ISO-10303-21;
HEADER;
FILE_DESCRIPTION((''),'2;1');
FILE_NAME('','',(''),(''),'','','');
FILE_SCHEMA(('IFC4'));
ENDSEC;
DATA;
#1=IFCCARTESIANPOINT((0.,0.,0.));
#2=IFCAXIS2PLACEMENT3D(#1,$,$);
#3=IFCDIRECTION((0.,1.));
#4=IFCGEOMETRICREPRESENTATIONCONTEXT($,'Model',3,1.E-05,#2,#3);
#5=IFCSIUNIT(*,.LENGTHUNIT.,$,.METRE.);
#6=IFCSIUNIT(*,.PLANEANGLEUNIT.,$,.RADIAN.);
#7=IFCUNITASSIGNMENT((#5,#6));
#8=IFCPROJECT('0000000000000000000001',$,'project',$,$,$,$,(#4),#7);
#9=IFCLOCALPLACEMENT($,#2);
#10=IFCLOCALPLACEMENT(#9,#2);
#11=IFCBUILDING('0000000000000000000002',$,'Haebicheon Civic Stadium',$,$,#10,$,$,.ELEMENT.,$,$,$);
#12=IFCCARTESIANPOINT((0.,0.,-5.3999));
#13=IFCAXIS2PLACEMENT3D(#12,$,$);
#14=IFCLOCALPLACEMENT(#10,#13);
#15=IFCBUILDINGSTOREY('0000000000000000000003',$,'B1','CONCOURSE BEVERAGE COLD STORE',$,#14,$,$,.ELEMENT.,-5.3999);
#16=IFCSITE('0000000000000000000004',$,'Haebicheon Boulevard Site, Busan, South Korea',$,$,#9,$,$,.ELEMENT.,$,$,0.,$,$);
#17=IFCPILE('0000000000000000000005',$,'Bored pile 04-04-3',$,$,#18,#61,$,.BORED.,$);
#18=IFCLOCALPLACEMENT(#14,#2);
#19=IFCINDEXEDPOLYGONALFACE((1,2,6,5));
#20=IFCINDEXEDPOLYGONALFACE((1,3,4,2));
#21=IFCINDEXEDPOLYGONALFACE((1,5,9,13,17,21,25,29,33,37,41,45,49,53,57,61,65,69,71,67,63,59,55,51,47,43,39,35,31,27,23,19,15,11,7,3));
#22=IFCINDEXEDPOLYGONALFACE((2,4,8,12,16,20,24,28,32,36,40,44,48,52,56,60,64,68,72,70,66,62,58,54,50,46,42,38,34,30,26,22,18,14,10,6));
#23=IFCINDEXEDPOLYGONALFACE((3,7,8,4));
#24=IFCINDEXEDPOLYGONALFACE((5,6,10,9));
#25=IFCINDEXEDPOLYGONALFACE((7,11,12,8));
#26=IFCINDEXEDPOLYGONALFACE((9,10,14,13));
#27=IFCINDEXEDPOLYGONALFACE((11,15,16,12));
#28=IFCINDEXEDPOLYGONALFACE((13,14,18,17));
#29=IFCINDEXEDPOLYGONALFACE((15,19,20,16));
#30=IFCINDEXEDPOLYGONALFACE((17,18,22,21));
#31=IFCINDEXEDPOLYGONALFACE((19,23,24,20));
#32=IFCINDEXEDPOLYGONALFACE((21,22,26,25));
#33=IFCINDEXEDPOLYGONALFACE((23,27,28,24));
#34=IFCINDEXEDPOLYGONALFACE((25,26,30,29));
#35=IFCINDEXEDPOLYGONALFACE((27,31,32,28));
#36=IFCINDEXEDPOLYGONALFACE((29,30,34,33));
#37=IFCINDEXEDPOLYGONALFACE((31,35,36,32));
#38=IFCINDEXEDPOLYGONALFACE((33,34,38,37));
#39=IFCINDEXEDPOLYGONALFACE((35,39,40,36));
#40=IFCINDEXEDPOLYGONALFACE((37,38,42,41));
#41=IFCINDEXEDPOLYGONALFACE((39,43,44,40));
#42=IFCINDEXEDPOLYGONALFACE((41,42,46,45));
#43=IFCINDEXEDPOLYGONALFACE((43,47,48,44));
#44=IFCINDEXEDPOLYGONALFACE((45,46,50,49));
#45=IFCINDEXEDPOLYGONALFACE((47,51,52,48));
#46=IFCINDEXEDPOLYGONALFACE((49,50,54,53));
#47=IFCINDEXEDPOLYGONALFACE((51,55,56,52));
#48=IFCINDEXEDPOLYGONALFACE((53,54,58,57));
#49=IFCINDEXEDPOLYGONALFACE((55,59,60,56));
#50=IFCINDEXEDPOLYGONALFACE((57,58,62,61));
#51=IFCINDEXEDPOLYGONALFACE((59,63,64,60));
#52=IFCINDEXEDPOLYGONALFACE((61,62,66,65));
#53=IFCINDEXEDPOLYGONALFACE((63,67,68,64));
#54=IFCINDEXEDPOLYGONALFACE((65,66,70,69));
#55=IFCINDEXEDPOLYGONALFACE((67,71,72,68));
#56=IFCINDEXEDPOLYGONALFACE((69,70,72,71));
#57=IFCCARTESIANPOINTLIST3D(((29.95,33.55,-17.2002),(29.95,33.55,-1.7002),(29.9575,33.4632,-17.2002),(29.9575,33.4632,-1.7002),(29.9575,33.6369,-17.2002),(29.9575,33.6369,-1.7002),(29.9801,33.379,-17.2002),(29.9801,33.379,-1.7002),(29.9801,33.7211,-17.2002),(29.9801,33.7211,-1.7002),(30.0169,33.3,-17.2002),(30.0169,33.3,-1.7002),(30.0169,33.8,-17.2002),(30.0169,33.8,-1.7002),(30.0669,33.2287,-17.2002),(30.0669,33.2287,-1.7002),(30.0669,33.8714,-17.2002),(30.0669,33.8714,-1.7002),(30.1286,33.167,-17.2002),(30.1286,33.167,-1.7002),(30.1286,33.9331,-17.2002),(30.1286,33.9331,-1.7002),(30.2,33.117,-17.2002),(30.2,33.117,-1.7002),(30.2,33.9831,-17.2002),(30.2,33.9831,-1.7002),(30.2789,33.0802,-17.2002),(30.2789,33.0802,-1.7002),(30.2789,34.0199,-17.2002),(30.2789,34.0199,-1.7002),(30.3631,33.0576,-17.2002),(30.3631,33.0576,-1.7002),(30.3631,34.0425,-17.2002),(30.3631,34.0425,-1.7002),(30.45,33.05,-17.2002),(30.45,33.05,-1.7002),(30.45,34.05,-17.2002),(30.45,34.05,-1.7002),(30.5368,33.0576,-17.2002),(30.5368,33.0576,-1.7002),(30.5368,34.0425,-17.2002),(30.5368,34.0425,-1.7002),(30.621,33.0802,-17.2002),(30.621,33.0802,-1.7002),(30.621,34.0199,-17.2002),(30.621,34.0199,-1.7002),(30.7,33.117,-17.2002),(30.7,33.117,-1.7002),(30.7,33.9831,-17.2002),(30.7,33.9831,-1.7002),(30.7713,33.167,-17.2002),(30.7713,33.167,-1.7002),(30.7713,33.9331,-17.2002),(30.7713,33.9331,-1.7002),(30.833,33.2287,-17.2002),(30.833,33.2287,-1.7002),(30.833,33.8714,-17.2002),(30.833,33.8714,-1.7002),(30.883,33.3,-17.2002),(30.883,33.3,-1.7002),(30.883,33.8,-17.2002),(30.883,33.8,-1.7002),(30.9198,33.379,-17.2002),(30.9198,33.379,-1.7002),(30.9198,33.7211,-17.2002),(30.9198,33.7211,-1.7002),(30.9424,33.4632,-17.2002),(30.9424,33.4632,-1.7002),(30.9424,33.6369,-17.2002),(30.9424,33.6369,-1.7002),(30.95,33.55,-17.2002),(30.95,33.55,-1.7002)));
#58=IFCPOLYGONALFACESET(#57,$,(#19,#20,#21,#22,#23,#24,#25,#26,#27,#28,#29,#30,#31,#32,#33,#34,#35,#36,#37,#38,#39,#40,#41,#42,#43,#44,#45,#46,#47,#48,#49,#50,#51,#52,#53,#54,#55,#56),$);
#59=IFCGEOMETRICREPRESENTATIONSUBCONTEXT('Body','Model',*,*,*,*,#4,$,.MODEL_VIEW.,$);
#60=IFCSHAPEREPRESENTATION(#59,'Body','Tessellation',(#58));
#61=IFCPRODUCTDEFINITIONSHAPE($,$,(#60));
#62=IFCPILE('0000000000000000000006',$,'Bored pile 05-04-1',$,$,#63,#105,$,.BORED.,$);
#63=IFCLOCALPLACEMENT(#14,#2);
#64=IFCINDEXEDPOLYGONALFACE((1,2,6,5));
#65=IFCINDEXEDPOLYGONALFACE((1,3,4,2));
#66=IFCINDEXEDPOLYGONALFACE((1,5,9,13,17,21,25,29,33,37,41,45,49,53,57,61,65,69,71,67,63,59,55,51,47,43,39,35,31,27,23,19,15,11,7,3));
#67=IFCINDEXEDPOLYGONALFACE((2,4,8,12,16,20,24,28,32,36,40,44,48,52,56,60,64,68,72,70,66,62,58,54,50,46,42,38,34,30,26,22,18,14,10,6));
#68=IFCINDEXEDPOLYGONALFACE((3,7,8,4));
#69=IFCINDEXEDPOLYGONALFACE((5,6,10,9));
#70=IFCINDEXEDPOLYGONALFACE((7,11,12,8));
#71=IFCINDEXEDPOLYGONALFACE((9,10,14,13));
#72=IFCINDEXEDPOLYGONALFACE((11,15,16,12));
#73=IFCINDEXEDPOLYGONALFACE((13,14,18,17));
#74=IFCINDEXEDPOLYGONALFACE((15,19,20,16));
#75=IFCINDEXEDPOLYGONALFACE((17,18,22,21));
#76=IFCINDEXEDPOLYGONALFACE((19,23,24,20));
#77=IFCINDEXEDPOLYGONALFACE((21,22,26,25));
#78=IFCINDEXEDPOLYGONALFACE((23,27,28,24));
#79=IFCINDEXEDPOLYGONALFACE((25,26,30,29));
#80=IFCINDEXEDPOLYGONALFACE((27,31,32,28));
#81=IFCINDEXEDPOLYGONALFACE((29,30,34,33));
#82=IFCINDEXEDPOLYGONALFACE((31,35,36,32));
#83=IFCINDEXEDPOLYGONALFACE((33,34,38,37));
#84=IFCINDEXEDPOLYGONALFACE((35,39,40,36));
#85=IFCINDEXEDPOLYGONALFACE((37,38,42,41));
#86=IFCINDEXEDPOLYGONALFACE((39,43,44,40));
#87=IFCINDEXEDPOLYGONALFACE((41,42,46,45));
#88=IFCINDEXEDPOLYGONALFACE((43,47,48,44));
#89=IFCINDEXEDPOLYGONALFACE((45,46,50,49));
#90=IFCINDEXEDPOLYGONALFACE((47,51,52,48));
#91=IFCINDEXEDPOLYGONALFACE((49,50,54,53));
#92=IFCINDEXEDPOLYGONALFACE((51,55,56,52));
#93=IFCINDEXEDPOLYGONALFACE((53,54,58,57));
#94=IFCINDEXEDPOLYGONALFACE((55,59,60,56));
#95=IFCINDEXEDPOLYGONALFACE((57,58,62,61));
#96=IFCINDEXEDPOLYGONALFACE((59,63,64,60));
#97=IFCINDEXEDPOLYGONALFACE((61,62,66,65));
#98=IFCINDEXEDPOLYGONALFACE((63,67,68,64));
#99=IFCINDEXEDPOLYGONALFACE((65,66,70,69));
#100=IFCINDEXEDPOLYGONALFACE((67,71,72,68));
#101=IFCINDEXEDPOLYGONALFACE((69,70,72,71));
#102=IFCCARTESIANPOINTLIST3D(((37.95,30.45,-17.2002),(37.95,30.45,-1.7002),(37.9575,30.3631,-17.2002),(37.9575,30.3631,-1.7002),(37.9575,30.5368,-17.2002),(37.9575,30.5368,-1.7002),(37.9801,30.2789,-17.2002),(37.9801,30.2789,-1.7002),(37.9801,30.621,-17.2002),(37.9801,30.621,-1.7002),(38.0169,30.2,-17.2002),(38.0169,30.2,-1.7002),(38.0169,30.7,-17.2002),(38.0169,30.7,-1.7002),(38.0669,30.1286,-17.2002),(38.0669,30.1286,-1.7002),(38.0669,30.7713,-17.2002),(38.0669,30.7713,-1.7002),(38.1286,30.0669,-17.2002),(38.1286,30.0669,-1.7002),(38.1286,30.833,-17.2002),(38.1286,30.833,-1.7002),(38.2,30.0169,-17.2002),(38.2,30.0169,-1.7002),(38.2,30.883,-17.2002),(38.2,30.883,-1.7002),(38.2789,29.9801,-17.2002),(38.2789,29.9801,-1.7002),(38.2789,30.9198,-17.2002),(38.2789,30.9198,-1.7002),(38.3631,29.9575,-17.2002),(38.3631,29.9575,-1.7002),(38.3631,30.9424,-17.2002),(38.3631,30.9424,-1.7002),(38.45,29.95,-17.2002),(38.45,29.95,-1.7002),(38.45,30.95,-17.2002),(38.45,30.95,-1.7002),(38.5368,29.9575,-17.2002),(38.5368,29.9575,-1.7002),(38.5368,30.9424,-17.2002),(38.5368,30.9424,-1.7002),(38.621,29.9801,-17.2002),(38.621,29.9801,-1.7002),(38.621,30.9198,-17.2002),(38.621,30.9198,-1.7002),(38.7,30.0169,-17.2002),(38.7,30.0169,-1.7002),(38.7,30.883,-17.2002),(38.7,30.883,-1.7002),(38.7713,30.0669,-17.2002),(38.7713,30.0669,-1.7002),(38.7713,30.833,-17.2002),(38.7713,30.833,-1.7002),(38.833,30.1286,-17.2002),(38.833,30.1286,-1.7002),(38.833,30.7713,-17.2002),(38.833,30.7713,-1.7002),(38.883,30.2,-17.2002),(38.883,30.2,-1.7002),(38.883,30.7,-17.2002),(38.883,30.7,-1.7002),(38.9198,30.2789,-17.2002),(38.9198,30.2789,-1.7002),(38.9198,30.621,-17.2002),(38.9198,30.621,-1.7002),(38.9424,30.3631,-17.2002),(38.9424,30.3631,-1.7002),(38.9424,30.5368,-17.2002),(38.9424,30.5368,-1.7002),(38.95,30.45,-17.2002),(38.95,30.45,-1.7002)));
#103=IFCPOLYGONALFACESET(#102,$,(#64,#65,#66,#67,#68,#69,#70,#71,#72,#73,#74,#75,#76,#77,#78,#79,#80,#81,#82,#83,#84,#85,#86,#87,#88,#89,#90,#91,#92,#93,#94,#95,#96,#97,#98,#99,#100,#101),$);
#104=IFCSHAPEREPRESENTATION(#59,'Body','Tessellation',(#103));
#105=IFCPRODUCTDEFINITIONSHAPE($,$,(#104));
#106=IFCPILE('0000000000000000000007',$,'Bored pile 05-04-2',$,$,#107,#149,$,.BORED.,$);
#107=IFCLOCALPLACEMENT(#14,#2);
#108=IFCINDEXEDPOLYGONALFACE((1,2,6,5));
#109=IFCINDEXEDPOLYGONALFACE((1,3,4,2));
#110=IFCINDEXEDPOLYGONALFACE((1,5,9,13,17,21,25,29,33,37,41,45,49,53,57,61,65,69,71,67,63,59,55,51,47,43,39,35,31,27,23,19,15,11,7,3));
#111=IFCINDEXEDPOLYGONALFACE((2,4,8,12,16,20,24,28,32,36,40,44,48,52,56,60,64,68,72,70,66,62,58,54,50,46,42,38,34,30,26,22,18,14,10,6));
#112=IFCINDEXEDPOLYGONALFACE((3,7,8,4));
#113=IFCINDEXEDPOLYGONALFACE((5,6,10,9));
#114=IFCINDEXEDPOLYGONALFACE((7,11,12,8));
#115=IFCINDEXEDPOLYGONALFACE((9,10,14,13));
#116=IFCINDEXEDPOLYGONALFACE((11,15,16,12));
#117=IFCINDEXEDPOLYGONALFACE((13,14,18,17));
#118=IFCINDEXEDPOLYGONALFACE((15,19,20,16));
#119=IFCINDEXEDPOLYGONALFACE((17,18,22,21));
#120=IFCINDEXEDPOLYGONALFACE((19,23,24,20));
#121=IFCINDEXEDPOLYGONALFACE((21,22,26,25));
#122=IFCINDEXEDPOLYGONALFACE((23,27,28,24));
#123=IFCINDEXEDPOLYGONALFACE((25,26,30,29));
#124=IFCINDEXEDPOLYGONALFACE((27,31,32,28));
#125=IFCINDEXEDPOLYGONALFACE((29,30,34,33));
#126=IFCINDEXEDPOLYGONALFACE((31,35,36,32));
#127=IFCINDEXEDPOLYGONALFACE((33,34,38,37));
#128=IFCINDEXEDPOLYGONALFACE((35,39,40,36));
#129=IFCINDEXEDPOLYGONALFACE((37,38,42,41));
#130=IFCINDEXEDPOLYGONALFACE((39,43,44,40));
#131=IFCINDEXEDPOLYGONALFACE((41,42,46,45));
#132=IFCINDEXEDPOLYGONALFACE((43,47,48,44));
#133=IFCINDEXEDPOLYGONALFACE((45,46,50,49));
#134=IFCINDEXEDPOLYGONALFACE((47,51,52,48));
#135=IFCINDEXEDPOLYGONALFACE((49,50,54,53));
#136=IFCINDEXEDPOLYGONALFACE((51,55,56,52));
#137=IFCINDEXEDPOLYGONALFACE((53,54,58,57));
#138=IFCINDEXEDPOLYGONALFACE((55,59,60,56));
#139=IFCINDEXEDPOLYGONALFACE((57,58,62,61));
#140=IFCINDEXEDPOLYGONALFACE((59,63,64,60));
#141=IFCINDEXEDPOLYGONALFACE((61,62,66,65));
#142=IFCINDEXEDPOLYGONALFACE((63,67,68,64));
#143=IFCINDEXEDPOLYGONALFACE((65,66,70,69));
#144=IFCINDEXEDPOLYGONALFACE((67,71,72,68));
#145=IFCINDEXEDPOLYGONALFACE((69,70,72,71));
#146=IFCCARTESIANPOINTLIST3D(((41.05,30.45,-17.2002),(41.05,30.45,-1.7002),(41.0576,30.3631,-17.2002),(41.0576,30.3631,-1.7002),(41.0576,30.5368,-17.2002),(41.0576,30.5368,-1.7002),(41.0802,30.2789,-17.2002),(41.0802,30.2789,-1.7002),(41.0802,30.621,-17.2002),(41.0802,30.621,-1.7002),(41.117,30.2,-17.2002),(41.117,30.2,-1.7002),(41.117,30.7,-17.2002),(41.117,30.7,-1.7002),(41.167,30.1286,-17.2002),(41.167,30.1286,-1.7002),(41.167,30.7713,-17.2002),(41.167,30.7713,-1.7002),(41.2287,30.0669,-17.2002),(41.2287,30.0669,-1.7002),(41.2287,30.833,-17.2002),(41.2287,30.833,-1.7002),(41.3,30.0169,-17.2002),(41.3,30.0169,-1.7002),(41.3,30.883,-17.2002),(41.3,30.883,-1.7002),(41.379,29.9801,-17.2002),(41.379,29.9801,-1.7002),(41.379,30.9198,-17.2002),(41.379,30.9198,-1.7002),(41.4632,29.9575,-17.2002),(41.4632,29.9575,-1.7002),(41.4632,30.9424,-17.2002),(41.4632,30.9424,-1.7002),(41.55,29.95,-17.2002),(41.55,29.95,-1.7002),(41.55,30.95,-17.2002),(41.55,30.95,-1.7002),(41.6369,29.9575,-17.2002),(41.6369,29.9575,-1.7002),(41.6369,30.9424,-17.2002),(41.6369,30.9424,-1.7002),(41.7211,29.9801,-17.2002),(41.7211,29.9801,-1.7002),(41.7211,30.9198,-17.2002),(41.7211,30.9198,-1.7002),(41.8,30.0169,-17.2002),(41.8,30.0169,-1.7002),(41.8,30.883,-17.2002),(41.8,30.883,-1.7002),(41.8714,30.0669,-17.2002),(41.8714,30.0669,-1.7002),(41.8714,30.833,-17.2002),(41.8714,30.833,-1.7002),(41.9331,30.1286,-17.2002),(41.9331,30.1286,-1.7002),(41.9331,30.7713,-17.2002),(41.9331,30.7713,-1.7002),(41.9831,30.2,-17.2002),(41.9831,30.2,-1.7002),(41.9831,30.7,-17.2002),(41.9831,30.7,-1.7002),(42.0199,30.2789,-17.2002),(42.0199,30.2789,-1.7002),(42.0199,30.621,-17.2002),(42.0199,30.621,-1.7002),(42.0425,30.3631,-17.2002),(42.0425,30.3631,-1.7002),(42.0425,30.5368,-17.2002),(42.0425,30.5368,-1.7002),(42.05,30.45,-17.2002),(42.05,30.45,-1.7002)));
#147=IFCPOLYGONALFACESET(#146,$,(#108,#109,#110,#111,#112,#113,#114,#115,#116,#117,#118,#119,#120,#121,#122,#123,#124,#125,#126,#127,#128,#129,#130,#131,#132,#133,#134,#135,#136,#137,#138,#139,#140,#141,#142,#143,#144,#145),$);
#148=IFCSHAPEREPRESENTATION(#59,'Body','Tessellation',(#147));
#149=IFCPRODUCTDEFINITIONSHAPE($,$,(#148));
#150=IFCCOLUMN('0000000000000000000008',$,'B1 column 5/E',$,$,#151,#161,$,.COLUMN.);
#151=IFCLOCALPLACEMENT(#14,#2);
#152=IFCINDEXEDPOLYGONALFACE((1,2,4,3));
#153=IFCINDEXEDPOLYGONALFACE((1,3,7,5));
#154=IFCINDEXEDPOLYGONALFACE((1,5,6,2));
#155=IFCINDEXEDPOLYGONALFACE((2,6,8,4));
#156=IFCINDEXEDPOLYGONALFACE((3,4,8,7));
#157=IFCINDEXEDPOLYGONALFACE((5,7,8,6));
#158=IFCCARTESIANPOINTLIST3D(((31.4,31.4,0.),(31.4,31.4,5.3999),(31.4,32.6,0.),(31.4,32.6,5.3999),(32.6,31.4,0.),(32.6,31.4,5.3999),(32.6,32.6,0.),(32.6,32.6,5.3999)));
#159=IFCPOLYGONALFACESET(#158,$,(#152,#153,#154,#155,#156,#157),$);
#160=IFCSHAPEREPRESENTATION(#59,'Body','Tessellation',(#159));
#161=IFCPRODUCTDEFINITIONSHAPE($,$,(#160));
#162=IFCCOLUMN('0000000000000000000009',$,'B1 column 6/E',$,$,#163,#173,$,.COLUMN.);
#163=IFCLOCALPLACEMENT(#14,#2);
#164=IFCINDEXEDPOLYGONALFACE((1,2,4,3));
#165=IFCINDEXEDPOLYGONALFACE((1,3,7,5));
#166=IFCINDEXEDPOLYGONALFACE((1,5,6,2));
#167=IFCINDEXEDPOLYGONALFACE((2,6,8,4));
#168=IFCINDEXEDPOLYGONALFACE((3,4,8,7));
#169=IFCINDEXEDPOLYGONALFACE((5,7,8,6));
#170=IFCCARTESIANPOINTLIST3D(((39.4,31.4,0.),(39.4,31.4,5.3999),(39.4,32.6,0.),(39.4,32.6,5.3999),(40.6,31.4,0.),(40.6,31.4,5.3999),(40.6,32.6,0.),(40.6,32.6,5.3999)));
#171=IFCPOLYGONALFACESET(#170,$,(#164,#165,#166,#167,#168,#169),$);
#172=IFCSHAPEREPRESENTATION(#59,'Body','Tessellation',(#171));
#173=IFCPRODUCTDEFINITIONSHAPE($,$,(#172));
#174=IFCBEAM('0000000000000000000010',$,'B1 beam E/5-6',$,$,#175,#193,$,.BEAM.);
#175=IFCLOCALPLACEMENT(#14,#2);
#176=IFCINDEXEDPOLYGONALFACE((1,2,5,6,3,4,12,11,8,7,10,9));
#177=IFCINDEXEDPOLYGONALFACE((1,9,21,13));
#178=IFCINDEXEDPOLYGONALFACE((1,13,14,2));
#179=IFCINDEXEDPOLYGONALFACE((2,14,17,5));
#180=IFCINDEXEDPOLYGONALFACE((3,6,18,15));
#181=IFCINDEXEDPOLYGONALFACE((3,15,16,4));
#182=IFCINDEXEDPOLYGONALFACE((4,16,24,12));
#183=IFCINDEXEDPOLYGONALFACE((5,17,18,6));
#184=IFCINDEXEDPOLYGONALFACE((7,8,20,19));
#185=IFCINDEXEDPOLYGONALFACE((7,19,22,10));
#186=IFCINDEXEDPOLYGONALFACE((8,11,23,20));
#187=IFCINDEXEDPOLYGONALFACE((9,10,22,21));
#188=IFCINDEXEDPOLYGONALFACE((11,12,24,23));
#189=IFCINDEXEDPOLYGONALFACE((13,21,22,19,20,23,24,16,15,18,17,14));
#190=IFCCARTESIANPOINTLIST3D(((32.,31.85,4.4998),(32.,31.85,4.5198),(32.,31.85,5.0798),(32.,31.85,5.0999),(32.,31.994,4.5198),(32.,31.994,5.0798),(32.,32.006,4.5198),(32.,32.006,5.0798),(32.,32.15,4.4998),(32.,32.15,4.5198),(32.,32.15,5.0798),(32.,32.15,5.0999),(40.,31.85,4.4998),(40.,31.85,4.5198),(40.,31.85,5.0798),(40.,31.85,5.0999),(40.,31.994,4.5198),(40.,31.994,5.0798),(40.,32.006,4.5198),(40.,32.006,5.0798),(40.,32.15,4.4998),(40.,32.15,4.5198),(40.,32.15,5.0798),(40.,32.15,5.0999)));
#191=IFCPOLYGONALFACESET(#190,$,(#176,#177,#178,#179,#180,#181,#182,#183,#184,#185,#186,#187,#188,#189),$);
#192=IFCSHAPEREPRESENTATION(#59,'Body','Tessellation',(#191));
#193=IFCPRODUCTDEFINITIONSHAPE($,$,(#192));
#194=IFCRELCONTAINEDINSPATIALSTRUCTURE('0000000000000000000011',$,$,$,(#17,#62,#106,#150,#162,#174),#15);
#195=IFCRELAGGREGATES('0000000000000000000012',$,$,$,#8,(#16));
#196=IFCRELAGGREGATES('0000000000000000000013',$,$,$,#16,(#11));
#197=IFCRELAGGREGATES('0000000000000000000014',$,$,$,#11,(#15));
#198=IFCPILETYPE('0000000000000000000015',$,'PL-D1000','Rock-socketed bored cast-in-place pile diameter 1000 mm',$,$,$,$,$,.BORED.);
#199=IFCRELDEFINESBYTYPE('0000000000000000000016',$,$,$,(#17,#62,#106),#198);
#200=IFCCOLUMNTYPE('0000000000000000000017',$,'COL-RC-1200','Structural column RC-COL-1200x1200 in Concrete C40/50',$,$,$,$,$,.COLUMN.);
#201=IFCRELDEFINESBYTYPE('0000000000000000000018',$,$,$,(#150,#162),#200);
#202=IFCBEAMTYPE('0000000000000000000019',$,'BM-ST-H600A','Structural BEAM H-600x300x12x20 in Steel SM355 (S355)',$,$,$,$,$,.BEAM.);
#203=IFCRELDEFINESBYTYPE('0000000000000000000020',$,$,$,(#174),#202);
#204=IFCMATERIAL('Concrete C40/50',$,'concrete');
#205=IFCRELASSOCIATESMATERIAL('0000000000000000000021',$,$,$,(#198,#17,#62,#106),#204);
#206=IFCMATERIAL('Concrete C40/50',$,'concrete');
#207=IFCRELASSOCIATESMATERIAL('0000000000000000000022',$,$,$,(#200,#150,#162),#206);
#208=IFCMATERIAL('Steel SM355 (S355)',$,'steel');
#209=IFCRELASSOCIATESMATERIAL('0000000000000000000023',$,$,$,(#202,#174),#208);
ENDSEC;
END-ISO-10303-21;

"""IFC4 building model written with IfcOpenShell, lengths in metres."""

from ifc_helpers import new_model, si_unit, direction, frame, origin, origin_2d, place, context, subcontext, project, spatial, rectangle, circle, i_section, extrude, material, material_profile, profile_set, type_object, element, save


model = new_model("IFC4")

# Units and contexts
model_context = context("Model", 3, precision=1e-05, world=origin(), true_north=direction((0.0, 1.0)))
body_context = subcontext(model_context, "Body", "Model", "MODEL_VIEW")
ifc_project = project(units=[si_unit("LENGTHUNIT", "METRE"), si_unit("PLANEANGLEUNIT", "RADIAN")], contexts=[model_context])

# Site, building, storey
site_placement = place(None, origin())
site = spatial("IfcSite", under=ifc_project, at=site_placement, Name="Haebicheon Boulevard Site, Busan, South Korea", CompositionType="ELEMENT", RefElevation=0.0)
building_placement = place(site_placement, origin())
building = spatial("IfcBuilding", under=site, at=building_placement, Name="Haebicheon Civic Stadium", CompositionType="ELEMENT")
storey_placement = place(building_placement, frame((0.0, 0.0, -5.3999)))
storey = spatial("IfcBuildingStorey", under=building, at=storey_placement, Name="B1", Description="CONCOURSE BEVERAGE COLD STORE", CompositionType="ELEMENT", Elevation=-5.3999)

# Piles
ifc_material_1 = material(Name="Concrete C40/50", Category="concrete")
ifc_material_profile_1 = material_profile(ifc_material_1, circle(Radius=0.5, at=origin_2d()), Name="PILE-D1000")
ifc_profile_set_1 = profile_set([ifc_material_profile_1], Name="Concrete C40/50")
pile_type = type_object("IfcPileType", Name="PL-D1000", Description="Rock-socketed bored cast-in-place pile diameter 1000 mm", PredefinedType="BORED", material=ifc_profile_set_1)
for number, where, z_axis, x_axis, name in (
    (1, (30.45, 33.55, -1.7002), (0.0, 0.0, -1.0), (1.0, 0.0, 0.0), "Bored pile 04-04-3"),
    (2, (38.45, 30.45, -1.7002), (0.0, 0.0, -1.0), (1.0, 0.0, 0.0), "Bored pile 05-04-1"),
    (3, (41.55, 30.45, -1.7002), (0.0, 0.0, -1.0), (1.0, 0.0, 0.0), "Bored pile 05-04-2"),
):
    element("IfcPile", number, at=place(storey_placement, frame(where, z_axis=z_axis, x_axis=x_axis)), inside=storey, type_object=pile_type, material=ifc_profile_set_1, Name=name, PredefinedType="BORED", context=body_context, shape_type="SweptSolid", body=[
        extrude(circle(Radius=0.5, at=origin_2d()), origin(), (0.0, 0.0, 1.0), 15.5),
    ])

# Columns
ifc_material_2 = material(Name="Concrete C40/50", Category="concrete")
ifc_material_profile_2 = material_profile(ifc_material_2, rectangle(XDim=1.2, YDim=1.2, at=origin_2d()), Name="RC-COL-1200x1200")
ifc_profile_set_2 = profile_set([ifc_material_profile_2], Name="Concrete C40/50")
column_type = type_object("IfcColumnType", Name="COL-RC-1200", Description="Structural column RC-COL-1200x1200 in Concrete C40/50", PredefinedType="COLUMN", material=ifc_profile_set_2)
for number, where, z_axis, x_axis, name in (
    (4, (32.0, 32.0, 0.0), (0.0, 0.0, 1.0), (1.0, 0.0, 0.0), "B1 column 5/E"),
    (5, (40.0, 32.0, 0.0), (0.0, 0.0, 1.0), (1.0, 0.0, 0.0), "B1 column 6/E"),
):
    element("IfcColumn", number, at=place(storey_placement, frame(where, z_axis=z_axis, x_axis=x_axis)), inside=storey, type_object=column_type, material=ifc_profile_set_2, Name=name, PredefinedType="COLUMN", context=body_context, shape_type="SweptSolid", body=[
        extrude(rectangle(XDim=1.2, YDim=1.2, at=origin_2d()), origin(), (0.0, 0.0, 1.0), 5.3999),
    ])

# Beam
ifc_material_3 = material(Name="Steel SM355 (S355)", Category="steel")
ifc_material_profile_3 = material_profile(ifc_material_3, i_section(OverallWidth=0.3, OverallDepth=0.6001, WebThickness=0.012, FlangeThickness=0.02, at=origin_2d()), Name="H-600x300x12x20")
ifc_profile_set_3 = profile_set([ifc_material_profile_3], Name="Steel SM355 (S355)")
beam_type_1 = type_object("IfcBeamType", Name="BM-ST-H600A", Description="Structural BEAM H-600x300x12x20 in Steel SM355 (S355)", PredefinedType="BEAM", material=ifc_profile_set_3)
for number, where, z_axis, x_axis, name in (
    (6, (32.0, 32.0, 4.7998), (1.0, 0.0, 0.0), (0.0, 1.0, 0.0), "B1 beam E/5-6"),
):
    element("IfcBeam", number, at=place(storey_placement, frame(where, z_axis=z_axis, x_axis=x_axis)), inside=storey, type_object=beam_type_1, material=ifc_profile_set_3, Name=name, PredefinedType="BEAM", context=body_context, shape_type="SweptSolid", body=[
        extrude(i_section(OverallWidth=0.3, OverallDepth=0.6001, WebThickness=0.012, FlangeThickness=0.02, at=origin_2d()), origin(), (0.0, 0.0, 1.0), 8.0),
    ])

save(model, "model.ifc")
